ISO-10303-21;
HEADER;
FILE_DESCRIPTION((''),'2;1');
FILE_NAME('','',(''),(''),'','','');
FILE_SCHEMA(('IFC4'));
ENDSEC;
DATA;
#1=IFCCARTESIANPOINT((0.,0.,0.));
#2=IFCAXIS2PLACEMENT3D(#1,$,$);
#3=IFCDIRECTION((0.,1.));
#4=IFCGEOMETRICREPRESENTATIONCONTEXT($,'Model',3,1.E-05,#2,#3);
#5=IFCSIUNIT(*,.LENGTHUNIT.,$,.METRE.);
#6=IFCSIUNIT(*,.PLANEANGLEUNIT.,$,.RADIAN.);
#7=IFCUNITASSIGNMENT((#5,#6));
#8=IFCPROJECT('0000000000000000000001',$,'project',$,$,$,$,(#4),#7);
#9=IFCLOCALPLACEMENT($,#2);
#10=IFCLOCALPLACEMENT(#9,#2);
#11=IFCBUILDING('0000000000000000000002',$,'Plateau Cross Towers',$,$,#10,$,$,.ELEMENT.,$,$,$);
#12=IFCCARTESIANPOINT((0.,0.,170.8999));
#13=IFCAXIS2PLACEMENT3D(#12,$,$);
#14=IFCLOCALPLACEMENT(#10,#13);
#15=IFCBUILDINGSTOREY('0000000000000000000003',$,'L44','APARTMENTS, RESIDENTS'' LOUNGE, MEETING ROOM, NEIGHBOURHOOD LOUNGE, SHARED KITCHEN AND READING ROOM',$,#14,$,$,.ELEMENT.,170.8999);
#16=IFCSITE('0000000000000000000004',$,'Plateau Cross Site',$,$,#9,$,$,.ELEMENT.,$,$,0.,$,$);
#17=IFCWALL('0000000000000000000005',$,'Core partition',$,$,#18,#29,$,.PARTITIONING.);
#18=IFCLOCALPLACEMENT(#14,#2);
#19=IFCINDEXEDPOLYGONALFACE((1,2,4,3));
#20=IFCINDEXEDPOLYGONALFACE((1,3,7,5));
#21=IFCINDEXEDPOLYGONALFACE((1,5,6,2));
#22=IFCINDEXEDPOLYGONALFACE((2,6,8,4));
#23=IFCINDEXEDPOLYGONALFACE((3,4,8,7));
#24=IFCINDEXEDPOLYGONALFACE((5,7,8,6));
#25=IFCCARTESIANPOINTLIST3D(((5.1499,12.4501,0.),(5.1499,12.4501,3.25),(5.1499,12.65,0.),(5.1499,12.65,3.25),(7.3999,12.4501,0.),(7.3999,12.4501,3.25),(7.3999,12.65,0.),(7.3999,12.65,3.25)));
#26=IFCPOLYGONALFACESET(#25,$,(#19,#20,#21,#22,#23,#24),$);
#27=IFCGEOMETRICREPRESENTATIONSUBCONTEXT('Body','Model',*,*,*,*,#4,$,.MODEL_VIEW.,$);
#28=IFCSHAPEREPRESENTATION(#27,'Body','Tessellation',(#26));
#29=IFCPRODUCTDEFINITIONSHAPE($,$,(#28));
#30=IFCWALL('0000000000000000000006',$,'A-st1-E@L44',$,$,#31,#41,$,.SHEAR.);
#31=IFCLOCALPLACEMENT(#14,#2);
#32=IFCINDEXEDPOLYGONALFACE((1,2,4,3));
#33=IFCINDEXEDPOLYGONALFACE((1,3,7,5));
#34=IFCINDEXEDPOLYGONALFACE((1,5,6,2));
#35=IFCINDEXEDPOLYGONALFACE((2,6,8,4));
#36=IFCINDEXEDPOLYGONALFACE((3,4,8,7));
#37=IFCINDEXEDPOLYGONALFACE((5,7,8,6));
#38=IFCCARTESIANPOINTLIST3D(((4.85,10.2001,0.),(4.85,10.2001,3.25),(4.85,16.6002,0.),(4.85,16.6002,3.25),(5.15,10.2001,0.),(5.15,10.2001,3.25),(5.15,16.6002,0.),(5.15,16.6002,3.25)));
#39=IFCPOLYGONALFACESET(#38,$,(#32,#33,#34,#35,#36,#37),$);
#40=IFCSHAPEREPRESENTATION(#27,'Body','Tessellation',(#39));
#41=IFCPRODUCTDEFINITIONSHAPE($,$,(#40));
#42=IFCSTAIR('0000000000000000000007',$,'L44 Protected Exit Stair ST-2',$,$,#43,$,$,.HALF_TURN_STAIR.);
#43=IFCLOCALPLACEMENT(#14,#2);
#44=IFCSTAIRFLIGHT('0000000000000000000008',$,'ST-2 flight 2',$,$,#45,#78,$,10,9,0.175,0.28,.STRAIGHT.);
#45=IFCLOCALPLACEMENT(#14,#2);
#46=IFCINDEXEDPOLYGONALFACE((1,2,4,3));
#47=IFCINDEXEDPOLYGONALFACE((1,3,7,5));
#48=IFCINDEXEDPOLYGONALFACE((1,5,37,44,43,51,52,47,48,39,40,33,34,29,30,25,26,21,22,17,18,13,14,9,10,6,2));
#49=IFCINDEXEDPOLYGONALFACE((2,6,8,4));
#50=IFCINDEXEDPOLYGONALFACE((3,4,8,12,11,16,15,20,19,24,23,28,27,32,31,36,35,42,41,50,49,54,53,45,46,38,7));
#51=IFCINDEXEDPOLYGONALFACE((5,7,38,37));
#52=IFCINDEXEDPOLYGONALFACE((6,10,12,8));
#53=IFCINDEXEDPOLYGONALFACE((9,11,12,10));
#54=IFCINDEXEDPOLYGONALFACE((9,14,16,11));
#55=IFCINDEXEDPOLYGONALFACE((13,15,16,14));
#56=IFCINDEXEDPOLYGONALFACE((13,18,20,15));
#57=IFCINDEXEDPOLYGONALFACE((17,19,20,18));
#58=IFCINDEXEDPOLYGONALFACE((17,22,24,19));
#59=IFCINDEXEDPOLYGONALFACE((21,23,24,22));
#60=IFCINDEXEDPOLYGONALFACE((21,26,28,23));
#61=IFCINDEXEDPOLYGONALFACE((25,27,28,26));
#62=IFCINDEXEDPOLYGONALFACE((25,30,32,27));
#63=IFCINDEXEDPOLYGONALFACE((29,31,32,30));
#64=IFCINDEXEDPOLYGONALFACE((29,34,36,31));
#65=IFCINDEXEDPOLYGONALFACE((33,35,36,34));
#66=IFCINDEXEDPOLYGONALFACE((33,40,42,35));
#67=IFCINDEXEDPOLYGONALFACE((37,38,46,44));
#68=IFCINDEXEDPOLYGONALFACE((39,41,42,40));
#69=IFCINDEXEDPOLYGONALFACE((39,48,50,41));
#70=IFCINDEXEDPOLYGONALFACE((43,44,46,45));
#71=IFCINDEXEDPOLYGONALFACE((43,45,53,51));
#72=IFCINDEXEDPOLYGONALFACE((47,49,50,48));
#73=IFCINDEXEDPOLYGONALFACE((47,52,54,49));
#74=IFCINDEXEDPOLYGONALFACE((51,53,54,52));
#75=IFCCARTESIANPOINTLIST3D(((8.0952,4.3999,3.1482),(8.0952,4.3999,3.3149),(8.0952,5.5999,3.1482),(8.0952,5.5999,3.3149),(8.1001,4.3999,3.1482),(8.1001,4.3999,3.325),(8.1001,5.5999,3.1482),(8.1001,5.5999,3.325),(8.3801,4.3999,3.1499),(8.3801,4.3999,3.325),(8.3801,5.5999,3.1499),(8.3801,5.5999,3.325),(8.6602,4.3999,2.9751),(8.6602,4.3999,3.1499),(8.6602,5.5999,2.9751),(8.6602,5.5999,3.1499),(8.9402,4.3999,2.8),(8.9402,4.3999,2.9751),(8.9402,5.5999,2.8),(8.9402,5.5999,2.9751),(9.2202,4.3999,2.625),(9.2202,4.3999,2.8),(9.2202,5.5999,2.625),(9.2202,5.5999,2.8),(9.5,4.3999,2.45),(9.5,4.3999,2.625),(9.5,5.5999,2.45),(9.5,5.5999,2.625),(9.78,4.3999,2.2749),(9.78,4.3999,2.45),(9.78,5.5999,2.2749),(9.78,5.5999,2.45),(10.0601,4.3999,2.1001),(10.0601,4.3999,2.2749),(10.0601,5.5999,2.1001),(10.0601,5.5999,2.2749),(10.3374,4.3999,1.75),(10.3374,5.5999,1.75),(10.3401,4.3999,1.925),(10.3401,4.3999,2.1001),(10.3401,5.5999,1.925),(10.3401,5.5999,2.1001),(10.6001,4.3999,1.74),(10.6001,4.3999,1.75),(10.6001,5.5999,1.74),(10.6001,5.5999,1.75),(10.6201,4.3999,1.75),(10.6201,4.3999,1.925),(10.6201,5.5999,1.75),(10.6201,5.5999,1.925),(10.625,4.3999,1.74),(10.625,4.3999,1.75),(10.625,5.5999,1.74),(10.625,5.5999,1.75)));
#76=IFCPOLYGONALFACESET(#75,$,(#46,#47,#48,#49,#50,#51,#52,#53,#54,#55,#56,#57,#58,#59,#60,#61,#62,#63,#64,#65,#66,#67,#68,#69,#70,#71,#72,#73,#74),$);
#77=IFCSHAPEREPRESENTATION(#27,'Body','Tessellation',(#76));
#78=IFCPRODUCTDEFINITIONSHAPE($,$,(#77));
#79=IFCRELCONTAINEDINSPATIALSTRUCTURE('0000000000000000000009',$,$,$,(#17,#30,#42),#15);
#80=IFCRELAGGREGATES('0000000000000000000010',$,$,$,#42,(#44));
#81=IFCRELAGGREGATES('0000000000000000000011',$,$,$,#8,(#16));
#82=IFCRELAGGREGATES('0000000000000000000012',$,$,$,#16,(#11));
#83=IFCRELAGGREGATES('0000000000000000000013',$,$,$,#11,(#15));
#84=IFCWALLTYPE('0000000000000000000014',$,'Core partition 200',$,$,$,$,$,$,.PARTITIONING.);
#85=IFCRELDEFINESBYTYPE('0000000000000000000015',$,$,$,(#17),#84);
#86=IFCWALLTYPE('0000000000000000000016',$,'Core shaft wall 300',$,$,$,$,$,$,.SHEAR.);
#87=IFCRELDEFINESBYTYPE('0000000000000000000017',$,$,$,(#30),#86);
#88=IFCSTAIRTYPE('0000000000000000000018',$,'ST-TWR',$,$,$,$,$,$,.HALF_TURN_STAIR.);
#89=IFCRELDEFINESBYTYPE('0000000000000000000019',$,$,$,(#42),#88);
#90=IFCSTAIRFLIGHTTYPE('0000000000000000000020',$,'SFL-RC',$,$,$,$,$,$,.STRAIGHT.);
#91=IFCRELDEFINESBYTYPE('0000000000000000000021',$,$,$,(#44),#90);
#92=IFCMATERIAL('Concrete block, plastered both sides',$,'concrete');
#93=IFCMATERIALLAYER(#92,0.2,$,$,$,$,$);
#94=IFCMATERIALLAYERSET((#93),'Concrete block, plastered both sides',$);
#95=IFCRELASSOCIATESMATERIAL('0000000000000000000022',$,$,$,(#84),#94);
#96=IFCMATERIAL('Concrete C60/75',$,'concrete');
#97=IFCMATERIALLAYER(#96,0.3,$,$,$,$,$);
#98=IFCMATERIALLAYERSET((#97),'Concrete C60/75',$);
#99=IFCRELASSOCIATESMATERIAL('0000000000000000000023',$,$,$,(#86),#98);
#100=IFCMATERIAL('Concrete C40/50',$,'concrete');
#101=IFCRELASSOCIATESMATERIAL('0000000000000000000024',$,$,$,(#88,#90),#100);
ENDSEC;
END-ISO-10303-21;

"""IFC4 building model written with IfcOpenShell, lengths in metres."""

from ifc_helpers import new_model, si_unit, direction, frame, frame_2d, origin, place, context, subcontext, project, spatial, polyline, rectangle, outline, extrude, material, layer, layer_set, type_object, element, aggregate, save


model = new_model("IFC4")

# Units and contexts
model_context = context("Model", 3, precision=1e-05, world=origin(), true_north=direction((0.0, 1.0)))
body_context = subcontext(model_context, "Body", "Model", "MODEL_VIEW")
ifc_project = project(units=[si_unit("LENGTHUNIT", "METRE"), si_unit("PLANEANGLEUNIT", "RADIAN")], contexts=[model_context])

# Site, building, storey
site_placement = place(None, origin())
site = spatial("IfcSite", under=ifc_project, at=site_placement, Name="Plateau Cross Site", CompositionType="ELEMENT", RefElevation=0.0)
building_placement = place(site_placement, origin())
building = spatial("IfcBuilding", under=site, at=building_placement, Name="Plateau Cross Towers", CompositionType="ELEMENT")
storey_placement = place(building_placement, frame((0.0, 0.0, 170.8999)))
storey = spatial("IfcBuildingStorey", under=building, at=storey_placement, Name="L44", Description="APARTMENTS, RESIDENTS' LOUNGE, MEETING ROOM, NEIGHBOURHOOD LOUNGE, SHARED KITCHEN AND READING ROOM", CompositionType="ELEMENT", Elevation=170.8999)

# Shared definitions
ifc_material_1 = material(Name="Concrete block, plastered both sides", Category="concrete")
ifc_layer_1 = layer(ifc_material_1, 0.2)
ifc_layer_set_1 = layer_set([ifc_layer_1], Name="Concrete block, plastered both sides")
wall_type_1 = type_object("IfcWallType", Name="Core partition 200", PredefinedType="PARTITIONING", material=ifc_layer_set_1)

# Walls
wall_1_placement = place(storey_placement, frame((5.1499, 12.55, 0.0), z_axis=(0.0, 0.0, 1.0), x_axis=(1.0, 0.0, 0.0)))
element("IfcWall", 1, at=wall_1_placement, inside=storey, type_object=wall_type_1, Name="Core partition", PredefinedType="PARTITIONING", context=body_context, shape_type="SweptSolid", body=[
    extrude(rectangle(XDim=2.25, YDim=0.2, at=frame_2d((1.125, 0.0))), origin(), (0.0, 0.0, 1.0), 3.25),
])
ifc_material_2 = material(Name="Concrete C60/75", Category="concrete")
ifc_layer_2 = layer(ifc_material_2, 0.3)
ifc_layer_set_2 = layer_set([ifc_layer_2], Name="Concrete C60/75")
wall_type_2 = type_object("IfcWallType", Name="Core shaft wall 300", PredefinedType="SHEAR", material=ifc_layer_set_2)
wall_2_placement = place(storey_placement, frame((5.0, 10.2, 0.0), z_axis=(0.0, 0.0, 1.0), x_axis=(0.0, 1.0, 0.0)))
element("IfcWall", 2, at=wall_2_placement, inside=storey, type_object=wall_type_2, Name="A-st1-E@L44", PredefinedType="SHEAR", context=body_context, shape_type="SweptSolid", body=[
    extrude(rectangle(XDim=6.4001, YDim=0.3, at=frame_2d((3.2002, 0.0))), origin(), (0.0, 0.0, 1.0), 3.25),
])

# Stair, stair flight
ifc_material_3 = material(Name="Concrete C40/50", Category="concrete")
stair_type = type_object("IfcStairType", Name="ST-TWR", PredefinedType="HALF_TURN_STAIR", material=ifc_material_3)
stair_placement = place(storey_placement, origin())
stair = element("IfcStair", 3, at=stair_placement, inside=storey, type_object=stair_type, Name="L44 Protected Exit Stair ST-2", PredefinedType="HALF_TURN_STAIR")
stair_flight_type = type_object("IfcStairFlightType", Name="SFL-RC", PredefinedType="STRAIGHT", material=ifc_material_3)
stair_flight_placement = place(storey_placement, frame((10.6201, 5.0, 1.75), z_axis=(0.0, 0.0, 1.0), x_axis=(-1.0, 0.0, 0.0)))
stair_flight = element("IfcStairFlight", 4, at=stair_flight_placement, type_object=stair_flight_type, Name="ST-2 flight 2", NumberOfRisers=10, NumberOfTreads=9, PredefinedType="STRAIGHT", RiserHeight=0.175, TreadLength=0.28, context=body_context, shape_type="SweptSolid", body=[
    extrude(outline(polyline([(-0.0049, -0.01), (-0.0049, 0.0), (0.0, 0.0), (0.0, 0.175), (0.28, 0.175), (0.28, 0.3501), (0.5601, 0.3501), (0.5601, 0.5249), (0.8401, 0.5249), (0.8401, 0.7), (1.1201, 0.7), (1.1201, 0.875), (1.3999, 0.875), (1.3999, 1.05), (1.6799, 1.05), (1.6799, 1.2251), (1.96, 1.2251), (1.96, 1.3999), (2.24, 1.3999), (2.24, 1.575), (2.52, 1.575), (2.5249, 1.5649), (2.5249, 1.3982), (2.52, 1.3982), (0.2827, 0.0), (0.02, 0.0), (0.02, -0.01), (-0.0049, -0.01)])), frame((0.0, 0.6001, 0.0), z_axis=(0.0, -1.0, 0.0), x_axis=(1.0, 0.0, 0.0)), (0.0, 0.0, 1.0), 1.2),
])
aggregate(stair, [stair_flight])

save(model, "model.ifc")
